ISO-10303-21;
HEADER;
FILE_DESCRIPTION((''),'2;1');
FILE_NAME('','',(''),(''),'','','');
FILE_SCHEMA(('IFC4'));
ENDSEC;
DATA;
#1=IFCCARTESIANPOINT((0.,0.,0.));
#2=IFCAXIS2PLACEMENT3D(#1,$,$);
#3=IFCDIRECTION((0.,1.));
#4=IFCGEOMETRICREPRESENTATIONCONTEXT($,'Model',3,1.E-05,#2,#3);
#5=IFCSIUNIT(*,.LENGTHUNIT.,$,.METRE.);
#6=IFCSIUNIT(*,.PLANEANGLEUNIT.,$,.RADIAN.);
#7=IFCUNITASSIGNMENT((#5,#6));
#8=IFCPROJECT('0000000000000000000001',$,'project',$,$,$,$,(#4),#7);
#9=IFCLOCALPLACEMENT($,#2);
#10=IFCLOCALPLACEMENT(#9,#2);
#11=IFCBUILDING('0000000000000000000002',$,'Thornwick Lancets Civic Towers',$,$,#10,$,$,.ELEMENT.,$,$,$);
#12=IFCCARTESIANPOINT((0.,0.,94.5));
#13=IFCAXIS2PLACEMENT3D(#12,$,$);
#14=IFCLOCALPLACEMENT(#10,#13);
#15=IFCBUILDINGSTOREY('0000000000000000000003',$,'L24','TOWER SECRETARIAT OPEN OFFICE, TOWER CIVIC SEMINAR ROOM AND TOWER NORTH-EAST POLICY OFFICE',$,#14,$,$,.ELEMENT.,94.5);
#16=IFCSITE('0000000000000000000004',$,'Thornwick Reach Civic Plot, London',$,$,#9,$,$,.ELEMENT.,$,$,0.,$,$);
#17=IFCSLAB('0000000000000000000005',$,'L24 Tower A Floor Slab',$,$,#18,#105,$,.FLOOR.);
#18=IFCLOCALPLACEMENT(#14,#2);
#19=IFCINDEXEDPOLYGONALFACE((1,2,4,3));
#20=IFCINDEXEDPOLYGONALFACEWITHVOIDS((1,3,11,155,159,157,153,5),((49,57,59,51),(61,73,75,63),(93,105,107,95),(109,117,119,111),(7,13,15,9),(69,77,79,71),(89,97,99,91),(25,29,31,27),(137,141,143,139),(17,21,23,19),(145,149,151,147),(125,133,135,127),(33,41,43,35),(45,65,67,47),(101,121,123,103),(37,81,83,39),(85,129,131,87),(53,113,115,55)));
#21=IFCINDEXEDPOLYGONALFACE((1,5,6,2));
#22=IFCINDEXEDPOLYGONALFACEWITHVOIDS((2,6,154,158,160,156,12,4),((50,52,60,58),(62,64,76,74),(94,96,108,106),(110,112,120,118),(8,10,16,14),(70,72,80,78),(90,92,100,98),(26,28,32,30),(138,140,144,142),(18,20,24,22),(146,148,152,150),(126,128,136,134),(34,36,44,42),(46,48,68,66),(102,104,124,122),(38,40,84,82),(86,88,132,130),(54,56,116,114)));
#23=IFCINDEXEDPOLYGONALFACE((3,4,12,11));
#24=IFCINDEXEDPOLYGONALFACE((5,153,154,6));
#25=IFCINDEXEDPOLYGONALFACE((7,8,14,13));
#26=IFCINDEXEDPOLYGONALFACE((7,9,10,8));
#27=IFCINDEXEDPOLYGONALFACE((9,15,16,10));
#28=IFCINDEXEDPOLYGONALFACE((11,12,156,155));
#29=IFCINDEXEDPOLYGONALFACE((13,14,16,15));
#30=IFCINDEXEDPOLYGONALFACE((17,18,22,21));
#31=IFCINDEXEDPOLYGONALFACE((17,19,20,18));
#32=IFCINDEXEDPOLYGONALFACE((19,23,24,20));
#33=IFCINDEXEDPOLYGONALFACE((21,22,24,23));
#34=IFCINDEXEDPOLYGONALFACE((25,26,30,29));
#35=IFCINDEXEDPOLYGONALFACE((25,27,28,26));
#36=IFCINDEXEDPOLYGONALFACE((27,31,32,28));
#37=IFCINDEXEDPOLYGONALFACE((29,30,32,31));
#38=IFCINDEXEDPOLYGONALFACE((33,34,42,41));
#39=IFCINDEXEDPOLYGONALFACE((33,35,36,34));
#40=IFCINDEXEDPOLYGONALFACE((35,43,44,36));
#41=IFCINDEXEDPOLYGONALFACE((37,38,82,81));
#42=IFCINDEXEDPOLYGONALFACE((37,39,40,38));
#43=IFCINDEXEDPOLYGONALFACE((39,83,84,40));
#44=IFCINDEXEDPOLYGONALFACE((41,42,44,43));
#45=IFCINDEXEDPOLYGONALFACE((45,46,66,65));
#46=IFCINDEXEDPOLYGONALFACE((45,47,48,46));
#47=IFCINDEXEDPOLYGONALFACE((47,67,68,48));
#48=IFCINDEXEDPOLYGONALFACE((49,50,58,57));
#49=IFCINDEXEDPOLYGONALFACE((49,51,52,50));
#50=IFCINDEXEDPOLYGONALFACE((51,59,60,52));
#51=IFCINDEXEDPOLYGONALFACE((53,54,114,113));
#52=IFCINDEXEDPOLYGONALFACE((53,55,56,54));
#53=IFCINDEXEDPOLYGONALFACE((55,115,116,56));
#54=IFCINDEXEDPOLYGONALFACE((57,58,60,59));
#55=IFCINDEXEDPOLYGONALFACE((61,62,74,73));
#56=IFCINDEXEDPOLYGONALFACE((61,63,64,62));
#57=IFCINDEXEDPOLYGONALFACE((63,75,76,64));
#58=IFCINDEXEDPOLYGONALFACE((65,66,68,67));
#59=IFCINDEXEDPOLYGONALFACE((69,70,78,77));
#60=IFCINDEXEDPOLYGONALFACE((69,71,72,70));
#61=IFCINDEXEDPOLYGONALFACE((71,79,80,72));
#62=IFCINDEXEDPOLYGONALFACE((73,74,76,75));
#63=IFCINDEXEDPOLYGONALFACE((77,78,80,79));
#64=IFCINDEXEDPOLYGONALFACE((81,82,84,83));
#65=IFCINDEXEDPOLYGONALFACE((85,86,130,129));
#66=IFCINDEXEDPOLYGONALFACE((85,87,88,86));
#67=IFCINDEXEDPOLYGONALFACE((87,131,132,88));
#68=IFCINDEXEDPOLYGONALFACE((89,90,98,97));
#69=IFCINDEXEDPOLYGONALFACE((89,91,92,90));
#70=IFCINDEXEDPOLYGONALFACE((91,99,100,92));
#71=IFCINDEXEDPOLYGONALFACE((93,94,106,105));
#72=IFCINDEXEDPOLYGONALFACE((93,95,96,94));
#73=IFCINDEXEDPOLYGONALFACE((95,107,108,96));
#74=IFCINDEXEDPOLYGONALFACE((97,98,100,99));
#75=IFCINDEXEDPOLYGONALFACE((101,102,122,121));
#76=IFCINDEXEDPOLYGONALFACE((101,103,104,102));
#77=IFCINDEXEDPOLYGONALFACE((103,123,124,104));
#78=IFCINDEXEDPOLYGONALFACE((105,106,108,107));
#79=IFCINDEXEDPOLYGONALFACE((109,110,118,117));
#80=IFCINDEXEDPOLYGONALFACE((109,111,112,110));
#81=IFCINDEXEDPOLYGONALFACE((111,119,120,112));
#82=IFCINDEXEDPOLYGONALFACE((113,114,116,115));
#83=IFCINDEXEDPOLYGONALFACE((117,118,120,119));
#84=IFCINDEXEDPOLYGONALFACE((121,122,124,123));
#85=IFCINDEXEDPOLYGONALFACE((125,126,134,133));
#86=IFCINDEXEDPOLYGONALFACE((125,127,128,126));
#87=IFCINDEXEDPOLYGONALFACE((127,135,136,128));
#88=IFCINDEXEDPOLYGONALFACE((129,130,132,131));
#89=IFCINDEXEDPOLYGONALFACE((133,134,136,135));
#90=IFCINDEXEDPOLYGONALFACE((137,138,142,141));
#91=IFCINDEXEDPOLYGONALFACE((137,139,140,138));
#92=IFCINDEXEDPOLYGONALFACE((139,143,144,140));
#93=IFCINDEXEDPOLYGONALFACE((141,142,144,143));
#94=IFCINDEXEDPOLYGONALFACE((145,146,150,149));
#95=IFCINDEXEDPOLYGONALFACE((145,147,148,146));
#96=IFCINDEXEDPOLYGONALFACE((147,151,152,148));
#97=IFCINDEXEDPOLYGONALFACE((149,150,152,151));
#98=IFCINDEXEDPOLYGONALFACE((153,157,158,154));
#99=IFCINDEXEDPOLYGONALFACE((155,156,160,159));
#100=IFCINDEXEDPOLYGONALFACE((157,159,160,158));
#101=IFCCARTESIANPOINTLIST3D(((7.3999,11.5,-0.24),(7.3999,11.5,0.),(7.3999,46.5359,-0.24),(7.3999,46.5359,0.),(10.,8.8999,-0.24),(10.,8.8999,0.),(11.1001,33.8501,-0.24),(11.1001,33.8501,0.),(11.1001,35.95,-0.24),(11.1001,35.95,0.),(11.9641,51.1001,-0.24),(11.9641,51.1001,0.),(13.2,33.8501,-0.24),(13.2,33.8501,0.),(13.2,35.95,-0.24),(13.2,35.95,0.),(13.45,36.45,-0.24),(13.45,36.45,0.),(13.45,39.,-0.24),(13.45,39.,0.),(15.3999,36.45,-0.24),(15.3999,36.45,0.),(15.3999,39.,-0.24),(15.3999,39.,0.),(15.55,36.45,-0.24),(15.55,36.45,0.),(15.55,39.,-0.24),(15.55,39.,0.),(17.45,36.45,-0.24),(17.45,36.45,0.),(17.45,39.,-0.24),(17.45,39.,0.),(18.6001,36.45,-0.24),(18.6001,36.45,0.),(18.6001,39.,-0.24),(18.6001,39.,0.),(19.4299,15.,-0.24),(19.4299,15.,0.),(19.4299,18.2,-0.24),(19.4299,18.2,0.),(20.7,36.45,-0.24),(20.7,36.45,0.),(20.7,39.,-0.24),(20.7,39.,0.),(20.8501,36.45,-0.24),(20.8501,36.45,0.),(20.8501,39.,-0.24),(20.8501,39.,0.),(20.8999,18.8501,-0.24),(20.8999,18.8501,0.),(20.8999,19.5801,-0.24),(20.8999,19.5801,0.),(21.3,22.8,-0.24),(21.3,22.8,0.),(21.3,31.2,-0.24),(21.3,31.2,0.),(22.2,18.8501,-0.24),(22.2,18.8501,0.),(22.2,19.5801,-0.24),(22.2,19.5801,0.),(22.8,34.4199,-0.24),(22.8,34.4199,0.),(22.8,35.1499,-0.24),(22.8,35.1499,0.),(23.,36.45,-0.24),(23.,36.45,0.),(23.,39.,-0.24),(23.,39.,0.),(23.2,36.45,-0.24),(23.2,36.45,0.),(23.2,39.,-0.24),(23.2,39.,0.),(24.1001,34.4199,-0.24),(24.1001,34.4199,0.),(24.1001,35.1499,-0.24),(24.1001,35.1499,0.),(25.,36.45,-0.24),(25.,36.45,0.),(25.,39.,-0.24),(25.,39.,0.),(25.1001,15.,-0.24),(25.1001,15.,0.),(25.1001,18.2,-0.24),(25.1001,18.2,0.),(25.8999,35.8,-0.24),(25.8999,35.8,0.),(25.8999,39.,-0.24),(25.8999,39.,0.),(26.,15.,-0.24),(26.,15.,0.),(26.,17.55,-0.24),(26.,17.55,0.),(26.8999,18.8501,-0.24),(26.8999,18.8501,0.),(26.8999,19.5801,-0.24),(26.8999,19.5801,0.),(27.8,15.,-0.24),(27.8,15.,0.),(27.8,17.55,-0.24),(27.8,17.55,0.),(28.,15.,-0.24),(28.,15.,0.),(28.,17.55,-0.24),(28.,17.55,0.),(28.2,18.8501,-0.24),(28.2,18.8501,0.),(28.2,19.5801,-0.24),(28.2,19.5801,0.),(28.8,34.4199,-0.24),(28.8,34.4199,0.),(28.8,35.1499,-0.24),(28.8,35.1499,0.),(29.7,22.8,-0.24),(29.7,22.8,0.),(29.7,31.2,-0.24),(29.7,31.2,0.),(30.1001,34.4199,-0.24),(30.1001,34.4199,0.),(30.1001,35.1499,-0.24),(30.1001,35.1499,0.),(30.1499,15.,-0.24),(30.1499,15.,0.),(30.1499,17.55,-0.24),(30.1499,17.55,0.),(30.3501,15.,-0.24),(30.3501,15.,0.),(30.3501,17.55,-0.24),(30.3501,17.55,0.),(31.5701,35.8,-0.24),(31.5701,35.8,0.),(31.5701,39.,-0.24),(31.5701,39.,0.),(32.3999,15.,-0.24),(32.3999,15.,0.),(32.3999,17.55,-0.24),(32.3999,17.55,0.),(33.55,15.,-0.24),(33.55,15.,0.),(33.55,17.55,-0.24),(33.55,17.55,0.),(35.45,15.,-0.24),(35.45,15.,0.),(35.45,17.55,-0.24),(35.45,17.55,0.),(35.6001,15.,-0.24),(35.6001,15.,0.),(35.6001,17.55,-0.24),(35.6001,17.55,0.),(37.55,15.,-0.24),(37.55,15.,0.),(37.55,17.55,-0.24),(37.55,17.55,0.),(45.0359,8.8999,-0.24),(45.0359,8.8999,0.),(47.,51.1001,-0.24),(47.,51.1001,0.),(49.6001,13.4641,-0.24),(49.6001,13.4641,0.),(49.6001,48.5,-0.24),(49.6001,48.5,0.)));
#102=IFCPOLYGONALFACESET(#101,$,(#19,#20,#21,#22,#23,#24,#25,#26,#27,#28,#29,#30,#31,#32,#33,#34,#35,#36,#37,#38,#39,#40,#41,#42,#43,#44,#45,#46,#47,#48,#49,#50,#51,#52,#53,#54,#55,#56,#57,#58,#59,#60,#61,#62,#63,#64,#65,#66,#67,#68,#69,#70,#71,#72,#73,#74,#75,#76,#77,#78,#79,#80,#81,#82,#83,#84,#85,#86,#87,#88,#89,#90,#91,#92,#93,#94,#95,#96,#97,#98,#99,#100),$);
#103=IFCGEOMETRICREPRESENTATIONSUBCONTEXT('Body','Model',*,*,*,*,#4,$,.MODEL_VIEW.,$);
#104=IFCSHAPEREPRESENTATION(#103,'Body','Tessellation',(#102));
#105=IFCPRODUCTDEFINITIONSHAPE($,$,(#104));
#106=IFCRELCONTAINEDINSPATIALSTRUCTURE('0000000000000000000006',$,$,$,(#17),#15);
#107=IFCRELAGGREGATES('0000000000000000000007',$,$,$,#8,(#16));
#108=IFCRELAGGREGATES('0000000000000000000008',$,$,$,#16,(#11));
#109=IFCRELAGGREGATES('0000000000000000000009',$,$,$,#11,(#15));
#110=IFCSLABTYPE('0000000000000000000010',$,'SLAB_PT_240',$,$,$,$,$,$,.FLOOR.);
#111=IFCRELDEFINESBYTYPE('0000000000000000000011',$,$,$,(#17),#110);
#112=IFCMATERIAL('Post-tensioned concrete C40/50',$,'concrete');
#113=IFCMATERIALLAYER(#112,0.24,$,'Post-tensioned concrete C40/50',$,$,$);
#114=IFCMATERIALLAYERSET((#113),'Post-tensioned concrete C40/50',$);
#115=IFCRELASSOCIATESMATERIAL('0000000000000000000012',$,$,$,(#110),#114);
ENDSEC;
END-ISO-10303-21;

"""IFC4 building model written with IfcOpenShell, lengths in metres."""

from ifc_helpers import new_model, si_unit, direction, frame, origin, place, context, subcontext, project, spatial, polyline, outline, extrude, material, layer, layer_set, type_object, element, save


model = new_model("IFC4")

# Units and contexts
model_context = context("Model", 3, precision=1e-05, world=origin(), true_north=direction((0.0, 1.0)))
body_context = subcontext(model_context, "Body", "Model", "MODEL_VIEW")
ifc_project = project(units=[si_unit("LENGTHUNIT", "METRE"), si_unit("PLANEANGLEUNIT", "RADIAN")], contexts=[model_context])

# Site, building, storey
site_placement = place(None, origin())
site = spatial("IfcSite", under=ifc_project, at=site_placement, Name="Thornwick Reach Civic Plot, London", CompositionType="ELEMENT", RefElevation=0.0)
building_placement = place(site_placement, origin())
building = spatial("IfcBuilding", under=site, at=building_placement, Name="Thornwick Lancets Civic Towers", CompositionType="ELEMENT")
storey_placement = place(building_placement, frame((0.0, 0.0, 94.5)))
storey = spatial("IfcBuildingStorey", under=building, at=storey_placement, Name="L24", Description="TOWER SECRETARIAT OPEN OFFICE, TOWER CIVIC SEMINAR ROOM AND TOWER NORTH-EAST POLICY OFFICE", CompositionType="ELEMENT", Elevation=94.5)

# Shared definitions
ifc_material_1 = material(Name="Post-tensioned concrete C40/50", Category="concrete")

# Slab
ifc_layer_1 = layer(ifc_material_1, 0.24, Name="Post-tensioned concrete C40/50")
ifc_layer_set_1 = layer_set([ifc_layer_1], Name="Post-tensioned concrete C40/50")
slab_type_1 = type_object("IfcSlabType", Name="SLAB_PT_240", PredefinedType="FLOOR", material=ifc_layer_set_1)
slab_1_placement = place(storey_placement, frame((0.0, 0.0, -0.24)))
element("IfcSlab", 1, at=slab_1_placement, inside=storey, type_object=slab_type_1, Name="L24 Tower A Floor Slab", PredefinedType="FLOOR", context=body_context, shape_type="SweptSolid", body=[
    extrude(outline(polyline([(10.0, 8.8999), (45.0359, 8.8999), (49.6001, 13.4641), (49.6001, 48.5), (47.0, 51.1001), (11.9641, 51.1001), (7.3999, 46.5359), (7.3999, 11.5), (10.0, 8.8999)]), holes=[polyline([(21.3, 22.8), (29.7, 22.8), (29.7, 31.2), (21.3, 31.2), (21.3, 22.8)]), polyline([(19.4299, 15.0), (25.1001, 15.0), (25.1001, 18.2), (19.4299, 18.2), (19.4299, 15.0)]), polyline([(31.5701, 39.0), (25.8999, 39.0), (25.8999, 35.8), (31.5701, 35.8), (31.5701, 39.0)]), polyline([(26.0, 15.0), (27.8, 15.0), (27.8, 17.55), (26.0, 17.55), (26.0, 15.0)]), polyline([(28.0, 15.0), (30.1499, 15.0), (30.1499, 17.55), (28.0, 17.55), (28.0, 15.0)]), polyline([(30.3501, 15.0), (32.3999, 15.0), (32.3999, 17.55), (30.3501, 17.55), (30.3501, 15.0)]), polyline([(33.55, 15.0), (35.45, 15.0), (35.45, 17.55), (33.55, 17.55), (33.55, 15.0)]), polyline([(35.6001, 15.0), (37.55, 15.0), (37.55, 17.55), (35.6001, 17.55), (35.6001, 15.0)]), polyline([(23.2, 36.45), (25.0, 36.45), (25.0, 39.0), (23.2, 39.0), (23.2, 36.45)]), polyline([(20.8501, 36.45), (23.0, 36.45), (23.0, 39.0), (20.8501, 39.0), (20.8501, 36.45)]), polyline([(18.6001, 36.45), (20.7, 36.45), (20.7, 39.0), (18.6001, 39.0), (18.6001, 36.45)]), polyline([(15.55, 36.45), (17.45, 36.45), (17.45, 39.0), (15.55, 39.0), (15.55, 36.45)]), polyline([(13.45, 36.45), (15.3999, 36.45), (15.3999, 39.0), (13.45, 39.0), (13.45, 36.45)]), polyline([(11.1001, 33.8501), (13.2, 33.8501), (13.2, 35.95), (11.1001, 35.95), (11.1001, 33.8501)]), polyline([(26.8999, 18.8501), (28.2, 18.8501), (28.2, 19.5801), (26.8999, 19.5801), (26.8999, 18.8501)]), polyline([(20.8999, 18.8501), (22.2, 18.8501), (22.2, 19.5801), (20.8999, 19.5801), (20.8999, 18.8501)]), polyline([(22.8, 34.4199), (24.1001, 34.4199), (24.1001, 35.1499), (22.8, 35.1499), (22.8, 34.4199)]), polyline([(28.8, 34.4199), (30.1001, 34.4199), (30.1001, 35.1499), (28.8, 35.1499), (28.8, 34.4199)])]), origin(), (0.0, 0.0, 1.0), 0.24),
])

save(model, "model.ifc")
